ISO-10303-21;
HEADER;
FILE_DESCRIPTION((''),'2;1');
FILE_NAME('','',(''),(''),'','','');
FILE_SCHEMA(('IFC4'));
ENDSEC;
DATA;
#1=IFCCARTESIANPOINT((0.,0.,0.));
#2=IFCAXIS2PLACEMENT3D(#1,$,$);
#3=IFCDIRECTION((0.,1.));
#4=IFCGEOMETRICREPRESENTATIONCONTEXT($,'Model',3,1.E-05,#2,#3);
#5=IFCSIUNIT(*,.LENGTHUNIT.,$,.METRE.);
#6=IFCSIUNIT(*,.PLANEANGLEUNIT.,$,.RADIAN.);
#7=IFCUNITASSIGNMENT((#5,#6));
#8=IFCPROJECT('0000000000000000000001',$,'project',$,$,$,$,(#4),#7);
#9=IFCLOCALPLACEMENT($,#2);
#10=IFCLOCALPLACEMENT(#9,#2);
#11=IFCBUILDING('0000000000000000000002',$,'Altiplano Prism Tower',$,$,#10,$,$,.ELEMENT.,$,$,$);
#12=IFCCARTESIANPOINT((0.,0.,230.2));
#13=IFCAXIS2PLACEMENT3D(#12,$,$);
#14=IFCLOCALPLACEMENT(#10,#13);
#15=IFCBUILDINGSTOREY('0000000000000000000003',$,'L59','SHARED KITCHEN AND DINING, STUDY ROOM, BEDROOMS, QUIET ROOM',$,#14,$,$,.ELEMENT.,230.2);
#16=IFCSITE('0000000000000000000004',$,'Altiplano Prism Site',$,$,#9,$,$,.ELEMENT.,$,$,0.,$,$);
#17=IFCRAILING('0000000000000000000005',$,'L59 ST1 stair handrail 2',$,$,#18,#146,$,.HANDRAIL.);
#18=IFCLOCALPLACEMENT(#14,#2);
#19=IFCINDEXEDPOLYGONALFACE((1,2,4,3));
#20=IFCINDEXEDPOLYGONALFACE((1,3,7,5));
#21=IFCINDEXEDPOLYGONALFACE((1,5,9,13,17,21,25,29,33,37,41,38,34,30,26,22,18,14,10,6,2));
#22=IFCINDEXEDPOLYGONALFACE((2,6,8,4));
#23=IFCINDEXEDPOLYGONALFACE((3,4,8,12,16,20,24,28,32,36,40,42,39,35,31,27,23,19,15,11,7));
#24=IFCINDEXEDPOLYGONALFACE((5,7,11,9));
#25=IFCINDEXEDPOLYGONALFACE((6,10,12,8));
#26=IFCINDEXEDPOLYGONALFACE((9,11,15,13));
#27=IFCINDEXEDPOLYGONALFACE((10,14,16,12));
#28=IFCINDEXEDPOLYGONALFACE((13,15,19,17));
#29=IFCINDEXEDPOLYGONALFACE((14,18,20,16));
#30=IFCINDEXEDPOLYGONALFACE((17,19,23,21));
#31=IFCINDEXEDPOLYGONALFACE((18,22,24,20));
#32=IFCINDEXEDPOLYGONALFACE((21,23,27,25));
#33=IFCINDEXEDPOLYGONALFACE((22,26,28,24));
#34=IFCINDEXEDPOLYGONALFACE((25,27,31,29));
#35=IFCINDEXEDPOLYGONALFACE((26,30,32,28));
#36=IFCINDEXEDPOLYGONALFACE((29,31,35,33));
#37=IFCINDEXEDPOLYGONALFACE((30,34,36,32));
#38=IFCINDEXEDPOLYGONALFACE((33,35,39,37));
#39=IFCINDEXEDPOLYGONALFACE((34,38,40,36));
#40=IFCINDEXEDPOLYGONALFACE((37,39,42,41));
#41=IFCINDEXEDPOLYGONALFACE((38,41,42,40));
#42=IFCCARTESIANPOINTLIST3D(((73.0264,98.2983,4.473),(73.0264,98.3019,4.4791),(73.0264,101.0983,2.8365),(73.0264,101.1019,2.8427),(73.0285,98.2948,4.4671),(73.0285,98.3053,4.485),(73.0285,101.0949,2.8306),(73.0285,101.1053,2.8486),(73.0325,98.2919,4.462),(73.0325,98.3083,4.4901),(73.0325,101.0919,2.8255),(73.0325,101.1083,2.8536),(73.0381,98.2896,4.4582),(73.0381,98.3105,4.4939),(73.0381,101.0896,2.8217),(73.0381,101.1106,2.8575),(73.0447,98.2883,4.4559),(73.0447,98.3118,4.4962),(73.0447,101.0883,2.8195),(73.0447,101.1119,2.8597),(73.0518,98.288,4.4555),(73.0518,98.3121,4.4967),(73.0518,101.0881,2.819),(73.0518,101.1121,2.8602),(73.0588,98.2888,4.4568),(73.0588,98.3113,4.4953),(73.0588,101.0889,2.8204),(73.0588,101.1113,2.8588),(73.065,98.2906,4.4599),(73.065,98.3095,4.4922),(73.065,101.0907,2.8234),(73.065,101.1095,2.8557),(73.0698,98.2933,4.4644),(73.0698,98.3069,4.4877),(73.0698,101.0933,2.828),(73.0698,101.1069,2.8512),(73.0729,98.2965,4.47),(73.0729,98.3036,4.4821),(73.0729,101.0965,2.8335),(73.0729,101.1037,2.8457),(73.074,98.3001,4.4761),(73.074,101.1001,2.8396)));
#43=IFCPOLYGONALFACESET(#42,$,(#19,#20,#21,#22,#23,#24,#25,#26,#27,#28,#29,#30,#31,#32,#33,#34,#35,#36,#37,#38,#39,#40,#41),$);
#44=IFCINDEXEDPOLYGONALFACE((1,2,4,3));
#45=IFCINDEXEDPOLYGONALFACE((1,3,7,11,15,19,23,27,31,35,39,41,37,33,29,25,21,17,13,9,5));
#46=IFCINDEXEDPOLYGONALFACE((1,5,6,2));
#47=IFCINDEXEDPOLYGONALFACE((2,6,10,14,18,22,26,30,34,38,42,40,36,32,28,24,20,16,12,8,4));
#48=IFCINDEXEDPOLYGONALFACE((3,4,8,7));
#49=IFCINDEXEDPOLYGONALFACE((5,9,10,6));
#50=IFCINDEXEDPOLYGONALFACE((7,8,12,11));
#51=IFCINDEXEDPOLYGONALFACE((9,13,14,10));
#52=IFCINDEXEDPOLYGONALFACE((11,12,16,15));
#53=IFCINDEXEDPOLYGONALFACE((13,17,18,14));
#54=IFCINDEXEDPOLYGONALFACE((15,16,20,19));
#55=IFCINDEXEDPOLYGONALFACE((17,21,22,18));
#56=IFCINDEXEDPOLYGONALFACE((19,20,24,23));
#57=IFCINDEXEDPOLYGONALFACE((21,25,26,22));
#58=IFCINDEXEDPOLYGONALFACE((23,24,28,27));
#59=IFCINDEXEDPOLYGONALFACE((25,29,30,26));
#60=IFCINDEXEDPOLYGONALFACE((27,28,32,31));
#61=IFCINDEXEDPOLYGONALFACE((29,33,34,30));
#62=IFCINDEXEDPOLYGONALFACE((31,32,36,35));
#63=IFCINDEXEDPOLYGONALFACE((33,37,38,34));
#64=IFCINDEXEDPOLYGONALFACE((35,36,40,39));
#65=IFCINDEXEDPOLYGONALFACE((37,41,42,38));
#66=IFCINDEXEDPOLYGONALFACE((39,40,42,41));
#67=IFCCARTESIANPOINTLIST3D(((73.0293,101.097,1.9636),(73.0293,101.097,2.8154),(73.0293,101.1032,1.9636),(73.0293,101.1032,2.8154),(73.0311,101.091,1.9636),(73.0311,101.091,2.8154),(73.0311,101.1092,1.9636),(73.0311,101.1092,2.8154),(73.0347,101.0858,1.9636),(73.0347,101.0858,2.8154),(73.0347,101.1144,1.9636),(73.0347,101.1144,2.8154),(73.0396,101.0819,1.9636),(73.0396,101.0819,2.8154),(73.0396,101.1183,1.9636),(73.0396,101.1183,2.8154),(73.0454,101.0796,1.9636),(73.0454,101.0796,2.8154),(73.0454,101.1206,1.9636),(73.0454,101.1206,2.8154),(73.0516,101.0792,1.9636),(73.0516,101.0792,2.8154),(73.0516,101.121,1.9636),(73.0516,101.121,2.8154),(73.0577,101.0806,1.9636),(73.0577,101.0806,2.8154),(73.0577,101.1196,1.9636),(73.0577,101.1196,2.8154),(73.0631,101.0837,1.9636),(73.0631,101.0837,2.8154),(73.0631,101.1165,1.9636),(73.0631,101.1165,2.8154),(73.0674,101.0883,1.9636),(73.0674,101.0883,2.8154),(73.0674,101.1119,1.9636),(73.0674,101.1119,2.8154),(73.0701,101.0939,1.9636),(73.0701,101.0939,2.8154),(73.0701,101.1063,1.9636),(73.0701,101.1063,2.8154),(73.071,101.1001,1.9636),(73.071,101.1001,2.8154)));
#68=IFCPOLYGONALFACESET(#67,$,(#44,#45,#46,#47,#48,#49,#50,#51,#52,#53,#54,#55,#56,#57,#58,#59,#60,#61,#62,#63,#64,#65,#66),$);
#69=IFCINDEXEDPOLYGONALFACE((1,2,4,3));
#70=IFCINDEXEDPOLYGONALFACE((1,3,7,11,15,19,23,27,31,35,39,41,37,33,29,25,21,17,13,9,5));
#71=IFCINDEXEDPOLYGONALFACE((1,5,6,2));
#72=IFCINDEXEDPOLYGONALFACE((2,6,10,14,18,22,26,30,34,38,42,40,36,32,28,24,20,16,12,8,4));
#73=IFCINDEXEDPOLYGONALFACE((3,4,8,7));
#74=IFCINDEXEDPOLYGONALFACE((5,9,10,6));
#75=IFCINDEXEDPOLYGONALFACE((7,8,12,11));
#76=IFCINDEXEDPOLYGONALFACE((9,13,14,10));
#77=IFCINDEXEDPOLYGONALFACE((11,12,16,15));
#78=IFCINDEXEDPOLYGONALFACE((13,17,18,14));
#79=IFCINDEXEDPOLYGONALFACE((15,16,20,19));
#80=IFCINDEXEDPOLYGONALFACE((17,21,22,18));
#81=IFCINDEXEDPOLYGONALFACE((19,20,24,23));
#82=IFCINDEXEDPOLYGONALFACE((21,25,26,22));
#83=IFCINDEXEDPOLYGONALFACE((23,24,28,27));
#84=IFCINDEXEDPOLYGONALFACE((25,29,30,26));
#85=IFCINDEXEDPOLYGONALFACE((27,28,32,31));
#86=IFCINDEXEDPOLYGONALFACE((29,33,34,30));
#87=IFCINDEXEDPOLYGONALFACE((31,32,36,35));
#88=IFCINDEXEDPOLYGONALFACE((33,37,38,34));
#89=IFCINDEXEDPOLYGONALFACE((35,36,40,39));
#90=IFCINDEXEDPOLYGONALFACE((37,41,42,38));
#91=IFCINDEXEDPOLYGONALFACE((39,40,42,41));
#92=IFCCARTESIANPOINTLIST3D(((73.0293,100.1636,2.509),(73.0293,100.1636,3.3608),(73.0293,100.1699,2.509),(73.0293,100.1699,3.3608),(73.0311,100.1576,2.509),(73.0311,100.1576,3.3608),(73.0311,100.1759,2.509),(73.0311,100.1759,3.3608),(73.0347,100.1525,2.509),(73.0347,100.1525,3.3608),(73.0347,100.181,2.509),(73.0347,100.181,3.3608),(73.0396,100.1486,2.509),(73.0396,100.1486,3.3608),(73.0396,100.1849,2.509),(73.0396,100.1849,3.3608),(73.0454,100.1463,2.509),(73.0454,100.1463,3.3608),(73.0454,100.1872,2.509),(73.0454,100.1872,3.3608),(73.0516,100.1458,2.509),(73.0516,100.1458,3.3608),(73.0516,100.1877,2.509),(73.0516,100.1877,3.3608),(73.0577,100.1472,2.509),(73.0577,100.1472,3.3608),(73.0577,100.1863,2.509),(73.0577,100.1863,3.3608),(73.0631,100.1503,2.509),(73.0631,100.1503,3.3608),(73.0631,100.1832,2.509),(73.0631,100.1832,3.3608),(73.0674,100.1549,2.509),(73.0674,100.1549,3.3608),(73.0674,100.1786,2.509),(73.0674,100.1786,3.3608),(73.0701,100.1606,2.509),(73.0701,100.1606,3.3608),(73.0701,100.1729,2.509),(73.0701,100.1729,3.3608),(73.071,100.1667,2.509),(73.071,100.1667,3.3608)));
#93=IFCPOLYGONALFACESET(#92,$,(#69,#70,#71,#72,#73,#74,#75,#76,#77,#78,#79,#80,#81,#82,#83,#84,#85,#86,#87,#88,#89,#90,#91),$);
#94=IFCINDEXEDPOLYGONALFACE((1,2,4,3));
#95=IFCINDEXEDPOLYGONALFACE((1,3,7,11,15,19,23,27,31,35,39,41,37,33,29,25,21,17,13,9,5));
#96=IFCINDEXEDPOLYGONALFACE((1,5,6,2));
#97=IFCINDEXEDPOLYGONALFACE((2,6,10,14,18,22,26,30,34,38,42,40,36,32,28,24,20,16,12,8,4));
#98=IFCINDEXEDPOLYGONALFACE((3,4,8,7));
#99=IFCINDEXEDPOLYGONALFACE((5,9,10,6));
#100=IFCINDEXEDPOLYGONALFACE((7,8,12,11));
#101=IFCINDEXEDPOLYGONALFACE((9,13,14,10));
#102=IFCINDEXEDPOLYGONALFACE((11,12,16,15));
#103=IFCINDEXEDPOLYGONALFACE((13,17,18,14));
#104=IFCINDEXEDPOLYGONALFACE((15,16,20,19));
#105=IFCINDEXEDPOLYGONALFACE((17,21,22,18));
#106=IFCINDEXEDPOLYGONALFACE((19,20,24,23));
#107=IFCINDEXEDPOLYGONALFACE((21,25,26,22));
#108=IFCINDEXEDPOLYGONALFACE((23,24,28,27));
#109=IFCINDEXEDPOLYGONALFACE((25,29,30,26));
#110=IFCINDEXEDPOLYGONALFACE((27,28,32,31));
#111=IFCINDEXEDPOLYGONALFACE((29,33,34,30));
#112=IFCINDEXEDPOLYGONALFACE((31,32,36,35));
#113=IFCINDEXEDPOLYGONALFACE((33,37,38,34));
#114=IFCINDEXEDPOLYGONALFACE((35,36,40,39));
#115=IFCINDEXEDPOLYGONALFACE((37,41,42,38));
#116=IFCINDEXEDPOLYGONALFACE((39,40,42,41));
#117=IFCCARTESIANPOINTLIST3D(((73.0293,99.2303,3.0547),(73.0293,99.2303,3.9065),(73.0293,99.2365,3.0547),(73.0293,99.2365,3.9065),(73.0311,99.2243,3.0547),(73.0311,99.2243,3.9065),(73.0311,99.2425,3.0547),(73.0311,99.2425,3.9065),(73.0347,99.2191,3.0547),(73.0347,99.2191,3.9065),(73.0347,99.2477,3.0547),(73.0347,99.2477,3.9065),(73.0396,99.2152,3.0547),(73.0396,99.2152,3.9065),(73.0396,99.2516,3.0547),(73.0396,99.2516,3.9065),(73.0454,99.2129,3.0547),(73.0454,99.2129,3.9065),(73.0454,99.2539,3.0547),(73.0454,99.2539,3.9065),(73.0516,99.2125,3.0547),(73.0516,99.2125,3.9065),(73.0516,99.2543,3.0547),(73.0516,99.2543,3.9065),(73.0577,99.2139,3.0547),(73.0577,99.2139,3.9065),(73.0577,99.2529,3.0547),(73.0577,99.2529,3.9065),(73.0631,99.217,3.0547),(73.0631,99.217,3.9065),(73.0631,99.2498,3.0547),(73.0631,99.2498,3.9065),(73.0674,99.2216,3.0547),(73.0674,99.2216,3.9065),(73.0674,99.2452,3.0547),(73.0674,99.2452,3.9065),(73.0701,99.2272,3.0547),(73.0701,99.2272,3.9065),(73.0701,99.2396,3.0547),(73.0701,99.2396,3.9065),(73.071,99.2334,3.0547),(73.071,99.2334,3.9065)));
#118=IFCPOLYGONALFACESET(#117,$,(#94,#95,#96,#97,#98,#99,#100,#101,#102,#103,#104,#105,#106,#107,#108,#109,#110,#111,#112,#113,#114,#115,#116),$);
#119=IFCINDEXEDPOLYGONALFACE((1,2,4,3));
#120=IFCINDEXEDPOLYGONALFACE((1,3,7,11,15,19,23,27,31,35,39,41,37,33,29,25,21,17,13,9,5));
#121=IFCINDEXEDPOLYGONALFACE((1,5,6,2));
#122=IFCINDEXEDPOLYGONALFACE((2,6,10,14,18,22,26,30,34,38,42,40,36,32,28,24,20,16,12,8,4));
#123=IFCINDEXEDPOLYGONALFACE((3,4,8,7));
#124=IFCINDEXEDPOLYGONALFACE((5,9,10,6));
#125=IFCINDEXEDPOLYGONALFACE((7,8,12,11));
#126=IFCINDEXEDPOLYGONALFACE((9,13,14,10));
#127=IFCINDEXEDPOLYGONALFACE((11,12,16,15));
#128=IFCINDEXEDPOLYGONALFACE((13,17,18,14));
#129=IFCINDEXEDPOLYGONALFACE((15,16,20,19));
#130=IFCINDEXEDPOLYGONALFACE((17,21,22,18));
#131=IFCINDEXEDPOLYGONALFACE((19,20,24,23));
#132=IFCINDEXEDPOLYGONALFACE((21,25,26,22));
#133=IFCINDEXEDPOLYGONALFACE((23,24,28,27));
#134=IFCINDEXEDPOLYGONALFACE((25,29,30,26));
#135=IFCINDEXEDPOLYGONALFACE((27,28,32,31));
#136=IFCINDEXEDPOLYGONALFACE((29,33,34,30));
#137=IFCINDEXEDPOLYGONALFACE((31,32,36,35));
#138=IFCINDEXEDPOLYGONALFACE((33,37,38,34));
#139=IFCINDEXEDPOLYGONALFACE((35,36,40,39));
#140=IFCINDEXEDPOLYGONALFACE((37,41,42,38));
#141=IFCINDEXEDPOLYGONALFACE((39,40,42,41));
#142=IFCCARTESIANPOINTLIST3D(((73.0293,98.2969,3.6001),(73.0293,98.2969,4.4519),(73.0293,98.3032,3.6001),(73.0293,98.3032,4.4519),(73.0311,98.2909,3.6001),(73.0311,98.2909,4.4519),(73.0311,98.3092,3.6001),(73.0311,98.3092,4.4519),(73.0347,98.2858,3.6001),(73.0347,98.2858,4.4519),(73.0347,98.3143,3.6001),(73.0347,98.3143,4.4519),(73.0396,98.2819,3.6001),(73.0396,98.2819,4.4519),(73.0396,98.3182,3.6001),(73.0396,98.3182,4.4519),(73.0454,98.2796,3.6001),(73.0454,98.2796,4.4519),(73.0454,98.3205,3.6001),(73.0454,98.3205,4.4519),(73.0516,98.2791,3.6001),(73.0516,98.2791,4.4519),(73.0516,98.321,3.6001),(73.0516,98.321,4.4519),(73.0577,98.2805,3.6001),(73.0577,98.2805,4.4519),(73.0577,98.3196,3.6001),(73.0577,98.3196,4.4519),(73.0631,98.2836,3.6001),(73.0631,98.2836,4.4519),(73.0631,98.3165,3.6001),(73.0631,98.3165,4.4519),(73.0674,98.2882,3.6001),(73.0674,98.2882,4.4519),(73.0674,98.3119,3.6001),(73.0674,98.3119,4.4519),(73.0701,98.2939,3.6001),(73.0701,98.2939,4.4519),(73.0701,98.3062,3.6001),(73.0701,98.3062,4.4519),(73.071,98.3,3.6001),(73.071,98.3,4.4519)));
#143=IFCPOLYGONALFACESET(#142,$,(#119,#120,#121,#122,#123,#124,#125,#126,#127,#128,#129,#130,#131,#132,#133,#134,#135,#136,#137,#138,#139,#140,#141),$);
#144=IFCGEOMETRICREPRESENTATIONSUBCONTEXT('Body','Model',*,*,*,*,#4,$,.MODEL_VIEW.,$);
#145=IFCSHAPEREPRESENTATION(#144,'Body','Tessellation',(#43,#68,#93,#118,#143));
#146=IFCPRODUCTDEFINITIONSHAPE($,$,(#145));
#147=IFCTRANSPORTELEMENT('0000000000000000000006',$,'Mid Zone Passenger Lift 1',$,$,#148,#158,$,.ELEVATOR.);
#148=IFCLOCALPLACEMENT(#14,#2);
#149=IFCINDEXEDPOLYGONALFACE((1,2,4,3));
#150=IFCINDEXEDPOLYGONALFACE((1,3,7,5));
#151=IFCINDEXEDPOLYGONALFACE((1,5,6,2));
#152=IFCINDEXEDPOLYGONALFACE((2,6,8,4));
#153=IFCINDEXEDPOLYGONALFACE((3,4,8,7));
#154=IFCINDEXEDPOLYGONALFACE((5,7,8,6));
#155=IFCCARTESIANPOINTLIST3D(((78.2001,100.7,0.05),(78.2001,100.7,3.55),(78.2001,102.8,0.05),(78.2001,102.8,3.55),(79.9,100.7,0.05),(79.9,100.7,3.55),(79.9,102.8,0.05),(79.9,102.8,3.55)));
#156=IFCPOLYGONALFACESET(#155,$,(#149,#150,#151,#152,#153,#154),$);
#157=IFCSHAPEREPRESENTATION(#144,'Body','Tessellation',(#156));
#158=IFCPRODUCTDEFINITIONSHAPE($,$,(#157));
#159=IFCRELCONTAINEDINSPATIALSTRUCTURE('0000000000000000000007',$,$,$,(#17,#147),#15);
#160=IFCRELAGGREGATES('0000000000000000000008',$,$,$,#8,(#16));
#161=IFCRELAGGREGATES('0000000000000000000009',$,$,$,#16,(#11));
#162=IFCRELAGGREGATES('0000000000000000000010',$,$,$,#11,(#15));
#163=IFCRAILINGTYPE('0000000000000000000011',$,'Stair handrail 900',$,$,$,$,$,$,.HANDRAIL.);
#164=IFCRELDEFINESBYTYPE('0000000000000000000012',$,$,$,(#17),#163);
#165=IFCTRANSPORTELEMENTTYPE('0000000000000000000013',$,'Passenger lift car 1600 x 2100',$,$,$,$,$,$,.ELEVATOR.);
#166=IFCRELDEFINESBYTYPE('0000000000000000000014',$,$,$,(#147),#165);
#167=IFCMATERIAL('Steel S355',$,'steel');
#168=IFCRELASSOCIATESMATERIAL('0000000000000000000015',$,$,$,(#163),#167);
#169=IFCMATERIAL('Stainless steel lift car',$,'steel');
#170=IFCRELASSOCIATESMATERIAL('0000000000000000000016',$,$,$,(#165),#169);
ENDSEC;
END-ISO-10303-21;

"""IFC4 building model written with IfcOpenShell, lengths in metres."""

from ifc_helpers import new_model, si_unit, direction, frame, origin, origin_2d, place, context, subcontext, project, spatial, rectangle, circle, extrude, material, type_object, element, save


model = new_model("IFC4")

# Units and contexts
model_context = context("Model", 3, precision=1e-05, world=origin(), true_north=direction((0.0, 1.0)))
body_context = subcontext(model_context, "Body", "Model", "MODEL_VIEW")
ifc_project = project(units=[si_unit("LENGTHUNIT", "METRE"), si_unit("PLANEANGLEUNIT", "RADIAN")], contexts=[model_context])

# Site, building, storey
site_placement = place(None, origin())
site = spatial("IfcSite", under=ifc_project, at=site_placement, Name="Altiplano Prism Site", CompositionType="ELEMENT", RefElevation=0.0)
building_placement = place(site_placement, origin())
building = spatial("IfcBuilding", under=site, at=building_placement, Name="Altiplano Prism Tower", CompositionType="ELEMENT")
storey_placement = place(building_placement, frame((0.0, 0.0, 230.2)))
storey = spatial("IfcBuildingStorey", under=building, at=storey_placement, Name="L59", Description="SHARED KITCHEN AND DINING, STUDY ROOM, BEDROOMS, QUIET ROOM", CompositionType="ELEMENT", Elevation=230.2)

# Railing
ifc_material_1 = material(Name="Steel S355", Category="steel")
railing_type_1 = type_object("IfcRailingType", Name="Stair handrail 900", PredefinedType="HANDRAIL", material=ifc_material_1)
railing_1_placement = place(storey_placement, frame((73.05, 101.1001, 1.9636)))
element("IfcRailing", 1, at=railing_1_placement, inside=storey, type_object=railing_type_1, Name="L59 ST1 stair handrail 2", PredefinedType="HANDRAIL", context=body_context, shape_type="SweptSolid", body=[
    extrude(circle(Radius=0.0239, at=origin_2d()), frame((0.0, 0.0, 0.876), z_axis=(0.0, -0.863361, 0.504587), x_axis=(1.0, 0.0, 0.0)), (0.0, 0.0, 1.0), 3.2432),
    extrude(circle(Radius=0.021, at=origin_2d()), origin(), (0.0, 0.0, 1.0), 0.8518),
    extrude(circle(Radius=0.021, at=origin_2d()), frame((0.0, -0.9333, 0.5454)), (0.0, 0.0, 1.0), 0.8518),
    extrude(circle(Radius=0.021, at=origin_2d()), frame((0.0, -1.8667, 1.0911)), (0.0, 0.0, 1.0), 0.8518),
    extrude(circle(Radius=0.021, at=origin_2d()), frame((0.0, -2.8, 1.6365)), (0.0, 0.0, 1.0), 0.8518),
])

# Transport element
ifc_material_2 = material(Name="Stainless steel lift car", Category="steel")
transport_element_type = type_object("IfcTransportElementType", Name="Passenger lift car 1600 x 2100", PredefinedType="ELEVATOR", material=ifc_material_2)
transport_element_placement = place(storey_placement, frame((79.05, 101.75, 0.05), z_axis=(0.0, 0.0, 1.0), x_axis=(1.0, 0.0, 0.0)))
element("IfcTransportElement", 2, at=transport_element_placement, inside=storey, type_object=transport_element_type, Name="Mid Zone Passenger Lift 1", PredefinedType="ELEVATOR", context=body_context, shape_type="SweptSolid", body=[
    extrude(rectangle(XDim=1.7, YDim=2.1001, at=origin_2d()), origin(), (0.0, 0.0, 1.0), 3.5),
])

save(model, "model.ifc")
